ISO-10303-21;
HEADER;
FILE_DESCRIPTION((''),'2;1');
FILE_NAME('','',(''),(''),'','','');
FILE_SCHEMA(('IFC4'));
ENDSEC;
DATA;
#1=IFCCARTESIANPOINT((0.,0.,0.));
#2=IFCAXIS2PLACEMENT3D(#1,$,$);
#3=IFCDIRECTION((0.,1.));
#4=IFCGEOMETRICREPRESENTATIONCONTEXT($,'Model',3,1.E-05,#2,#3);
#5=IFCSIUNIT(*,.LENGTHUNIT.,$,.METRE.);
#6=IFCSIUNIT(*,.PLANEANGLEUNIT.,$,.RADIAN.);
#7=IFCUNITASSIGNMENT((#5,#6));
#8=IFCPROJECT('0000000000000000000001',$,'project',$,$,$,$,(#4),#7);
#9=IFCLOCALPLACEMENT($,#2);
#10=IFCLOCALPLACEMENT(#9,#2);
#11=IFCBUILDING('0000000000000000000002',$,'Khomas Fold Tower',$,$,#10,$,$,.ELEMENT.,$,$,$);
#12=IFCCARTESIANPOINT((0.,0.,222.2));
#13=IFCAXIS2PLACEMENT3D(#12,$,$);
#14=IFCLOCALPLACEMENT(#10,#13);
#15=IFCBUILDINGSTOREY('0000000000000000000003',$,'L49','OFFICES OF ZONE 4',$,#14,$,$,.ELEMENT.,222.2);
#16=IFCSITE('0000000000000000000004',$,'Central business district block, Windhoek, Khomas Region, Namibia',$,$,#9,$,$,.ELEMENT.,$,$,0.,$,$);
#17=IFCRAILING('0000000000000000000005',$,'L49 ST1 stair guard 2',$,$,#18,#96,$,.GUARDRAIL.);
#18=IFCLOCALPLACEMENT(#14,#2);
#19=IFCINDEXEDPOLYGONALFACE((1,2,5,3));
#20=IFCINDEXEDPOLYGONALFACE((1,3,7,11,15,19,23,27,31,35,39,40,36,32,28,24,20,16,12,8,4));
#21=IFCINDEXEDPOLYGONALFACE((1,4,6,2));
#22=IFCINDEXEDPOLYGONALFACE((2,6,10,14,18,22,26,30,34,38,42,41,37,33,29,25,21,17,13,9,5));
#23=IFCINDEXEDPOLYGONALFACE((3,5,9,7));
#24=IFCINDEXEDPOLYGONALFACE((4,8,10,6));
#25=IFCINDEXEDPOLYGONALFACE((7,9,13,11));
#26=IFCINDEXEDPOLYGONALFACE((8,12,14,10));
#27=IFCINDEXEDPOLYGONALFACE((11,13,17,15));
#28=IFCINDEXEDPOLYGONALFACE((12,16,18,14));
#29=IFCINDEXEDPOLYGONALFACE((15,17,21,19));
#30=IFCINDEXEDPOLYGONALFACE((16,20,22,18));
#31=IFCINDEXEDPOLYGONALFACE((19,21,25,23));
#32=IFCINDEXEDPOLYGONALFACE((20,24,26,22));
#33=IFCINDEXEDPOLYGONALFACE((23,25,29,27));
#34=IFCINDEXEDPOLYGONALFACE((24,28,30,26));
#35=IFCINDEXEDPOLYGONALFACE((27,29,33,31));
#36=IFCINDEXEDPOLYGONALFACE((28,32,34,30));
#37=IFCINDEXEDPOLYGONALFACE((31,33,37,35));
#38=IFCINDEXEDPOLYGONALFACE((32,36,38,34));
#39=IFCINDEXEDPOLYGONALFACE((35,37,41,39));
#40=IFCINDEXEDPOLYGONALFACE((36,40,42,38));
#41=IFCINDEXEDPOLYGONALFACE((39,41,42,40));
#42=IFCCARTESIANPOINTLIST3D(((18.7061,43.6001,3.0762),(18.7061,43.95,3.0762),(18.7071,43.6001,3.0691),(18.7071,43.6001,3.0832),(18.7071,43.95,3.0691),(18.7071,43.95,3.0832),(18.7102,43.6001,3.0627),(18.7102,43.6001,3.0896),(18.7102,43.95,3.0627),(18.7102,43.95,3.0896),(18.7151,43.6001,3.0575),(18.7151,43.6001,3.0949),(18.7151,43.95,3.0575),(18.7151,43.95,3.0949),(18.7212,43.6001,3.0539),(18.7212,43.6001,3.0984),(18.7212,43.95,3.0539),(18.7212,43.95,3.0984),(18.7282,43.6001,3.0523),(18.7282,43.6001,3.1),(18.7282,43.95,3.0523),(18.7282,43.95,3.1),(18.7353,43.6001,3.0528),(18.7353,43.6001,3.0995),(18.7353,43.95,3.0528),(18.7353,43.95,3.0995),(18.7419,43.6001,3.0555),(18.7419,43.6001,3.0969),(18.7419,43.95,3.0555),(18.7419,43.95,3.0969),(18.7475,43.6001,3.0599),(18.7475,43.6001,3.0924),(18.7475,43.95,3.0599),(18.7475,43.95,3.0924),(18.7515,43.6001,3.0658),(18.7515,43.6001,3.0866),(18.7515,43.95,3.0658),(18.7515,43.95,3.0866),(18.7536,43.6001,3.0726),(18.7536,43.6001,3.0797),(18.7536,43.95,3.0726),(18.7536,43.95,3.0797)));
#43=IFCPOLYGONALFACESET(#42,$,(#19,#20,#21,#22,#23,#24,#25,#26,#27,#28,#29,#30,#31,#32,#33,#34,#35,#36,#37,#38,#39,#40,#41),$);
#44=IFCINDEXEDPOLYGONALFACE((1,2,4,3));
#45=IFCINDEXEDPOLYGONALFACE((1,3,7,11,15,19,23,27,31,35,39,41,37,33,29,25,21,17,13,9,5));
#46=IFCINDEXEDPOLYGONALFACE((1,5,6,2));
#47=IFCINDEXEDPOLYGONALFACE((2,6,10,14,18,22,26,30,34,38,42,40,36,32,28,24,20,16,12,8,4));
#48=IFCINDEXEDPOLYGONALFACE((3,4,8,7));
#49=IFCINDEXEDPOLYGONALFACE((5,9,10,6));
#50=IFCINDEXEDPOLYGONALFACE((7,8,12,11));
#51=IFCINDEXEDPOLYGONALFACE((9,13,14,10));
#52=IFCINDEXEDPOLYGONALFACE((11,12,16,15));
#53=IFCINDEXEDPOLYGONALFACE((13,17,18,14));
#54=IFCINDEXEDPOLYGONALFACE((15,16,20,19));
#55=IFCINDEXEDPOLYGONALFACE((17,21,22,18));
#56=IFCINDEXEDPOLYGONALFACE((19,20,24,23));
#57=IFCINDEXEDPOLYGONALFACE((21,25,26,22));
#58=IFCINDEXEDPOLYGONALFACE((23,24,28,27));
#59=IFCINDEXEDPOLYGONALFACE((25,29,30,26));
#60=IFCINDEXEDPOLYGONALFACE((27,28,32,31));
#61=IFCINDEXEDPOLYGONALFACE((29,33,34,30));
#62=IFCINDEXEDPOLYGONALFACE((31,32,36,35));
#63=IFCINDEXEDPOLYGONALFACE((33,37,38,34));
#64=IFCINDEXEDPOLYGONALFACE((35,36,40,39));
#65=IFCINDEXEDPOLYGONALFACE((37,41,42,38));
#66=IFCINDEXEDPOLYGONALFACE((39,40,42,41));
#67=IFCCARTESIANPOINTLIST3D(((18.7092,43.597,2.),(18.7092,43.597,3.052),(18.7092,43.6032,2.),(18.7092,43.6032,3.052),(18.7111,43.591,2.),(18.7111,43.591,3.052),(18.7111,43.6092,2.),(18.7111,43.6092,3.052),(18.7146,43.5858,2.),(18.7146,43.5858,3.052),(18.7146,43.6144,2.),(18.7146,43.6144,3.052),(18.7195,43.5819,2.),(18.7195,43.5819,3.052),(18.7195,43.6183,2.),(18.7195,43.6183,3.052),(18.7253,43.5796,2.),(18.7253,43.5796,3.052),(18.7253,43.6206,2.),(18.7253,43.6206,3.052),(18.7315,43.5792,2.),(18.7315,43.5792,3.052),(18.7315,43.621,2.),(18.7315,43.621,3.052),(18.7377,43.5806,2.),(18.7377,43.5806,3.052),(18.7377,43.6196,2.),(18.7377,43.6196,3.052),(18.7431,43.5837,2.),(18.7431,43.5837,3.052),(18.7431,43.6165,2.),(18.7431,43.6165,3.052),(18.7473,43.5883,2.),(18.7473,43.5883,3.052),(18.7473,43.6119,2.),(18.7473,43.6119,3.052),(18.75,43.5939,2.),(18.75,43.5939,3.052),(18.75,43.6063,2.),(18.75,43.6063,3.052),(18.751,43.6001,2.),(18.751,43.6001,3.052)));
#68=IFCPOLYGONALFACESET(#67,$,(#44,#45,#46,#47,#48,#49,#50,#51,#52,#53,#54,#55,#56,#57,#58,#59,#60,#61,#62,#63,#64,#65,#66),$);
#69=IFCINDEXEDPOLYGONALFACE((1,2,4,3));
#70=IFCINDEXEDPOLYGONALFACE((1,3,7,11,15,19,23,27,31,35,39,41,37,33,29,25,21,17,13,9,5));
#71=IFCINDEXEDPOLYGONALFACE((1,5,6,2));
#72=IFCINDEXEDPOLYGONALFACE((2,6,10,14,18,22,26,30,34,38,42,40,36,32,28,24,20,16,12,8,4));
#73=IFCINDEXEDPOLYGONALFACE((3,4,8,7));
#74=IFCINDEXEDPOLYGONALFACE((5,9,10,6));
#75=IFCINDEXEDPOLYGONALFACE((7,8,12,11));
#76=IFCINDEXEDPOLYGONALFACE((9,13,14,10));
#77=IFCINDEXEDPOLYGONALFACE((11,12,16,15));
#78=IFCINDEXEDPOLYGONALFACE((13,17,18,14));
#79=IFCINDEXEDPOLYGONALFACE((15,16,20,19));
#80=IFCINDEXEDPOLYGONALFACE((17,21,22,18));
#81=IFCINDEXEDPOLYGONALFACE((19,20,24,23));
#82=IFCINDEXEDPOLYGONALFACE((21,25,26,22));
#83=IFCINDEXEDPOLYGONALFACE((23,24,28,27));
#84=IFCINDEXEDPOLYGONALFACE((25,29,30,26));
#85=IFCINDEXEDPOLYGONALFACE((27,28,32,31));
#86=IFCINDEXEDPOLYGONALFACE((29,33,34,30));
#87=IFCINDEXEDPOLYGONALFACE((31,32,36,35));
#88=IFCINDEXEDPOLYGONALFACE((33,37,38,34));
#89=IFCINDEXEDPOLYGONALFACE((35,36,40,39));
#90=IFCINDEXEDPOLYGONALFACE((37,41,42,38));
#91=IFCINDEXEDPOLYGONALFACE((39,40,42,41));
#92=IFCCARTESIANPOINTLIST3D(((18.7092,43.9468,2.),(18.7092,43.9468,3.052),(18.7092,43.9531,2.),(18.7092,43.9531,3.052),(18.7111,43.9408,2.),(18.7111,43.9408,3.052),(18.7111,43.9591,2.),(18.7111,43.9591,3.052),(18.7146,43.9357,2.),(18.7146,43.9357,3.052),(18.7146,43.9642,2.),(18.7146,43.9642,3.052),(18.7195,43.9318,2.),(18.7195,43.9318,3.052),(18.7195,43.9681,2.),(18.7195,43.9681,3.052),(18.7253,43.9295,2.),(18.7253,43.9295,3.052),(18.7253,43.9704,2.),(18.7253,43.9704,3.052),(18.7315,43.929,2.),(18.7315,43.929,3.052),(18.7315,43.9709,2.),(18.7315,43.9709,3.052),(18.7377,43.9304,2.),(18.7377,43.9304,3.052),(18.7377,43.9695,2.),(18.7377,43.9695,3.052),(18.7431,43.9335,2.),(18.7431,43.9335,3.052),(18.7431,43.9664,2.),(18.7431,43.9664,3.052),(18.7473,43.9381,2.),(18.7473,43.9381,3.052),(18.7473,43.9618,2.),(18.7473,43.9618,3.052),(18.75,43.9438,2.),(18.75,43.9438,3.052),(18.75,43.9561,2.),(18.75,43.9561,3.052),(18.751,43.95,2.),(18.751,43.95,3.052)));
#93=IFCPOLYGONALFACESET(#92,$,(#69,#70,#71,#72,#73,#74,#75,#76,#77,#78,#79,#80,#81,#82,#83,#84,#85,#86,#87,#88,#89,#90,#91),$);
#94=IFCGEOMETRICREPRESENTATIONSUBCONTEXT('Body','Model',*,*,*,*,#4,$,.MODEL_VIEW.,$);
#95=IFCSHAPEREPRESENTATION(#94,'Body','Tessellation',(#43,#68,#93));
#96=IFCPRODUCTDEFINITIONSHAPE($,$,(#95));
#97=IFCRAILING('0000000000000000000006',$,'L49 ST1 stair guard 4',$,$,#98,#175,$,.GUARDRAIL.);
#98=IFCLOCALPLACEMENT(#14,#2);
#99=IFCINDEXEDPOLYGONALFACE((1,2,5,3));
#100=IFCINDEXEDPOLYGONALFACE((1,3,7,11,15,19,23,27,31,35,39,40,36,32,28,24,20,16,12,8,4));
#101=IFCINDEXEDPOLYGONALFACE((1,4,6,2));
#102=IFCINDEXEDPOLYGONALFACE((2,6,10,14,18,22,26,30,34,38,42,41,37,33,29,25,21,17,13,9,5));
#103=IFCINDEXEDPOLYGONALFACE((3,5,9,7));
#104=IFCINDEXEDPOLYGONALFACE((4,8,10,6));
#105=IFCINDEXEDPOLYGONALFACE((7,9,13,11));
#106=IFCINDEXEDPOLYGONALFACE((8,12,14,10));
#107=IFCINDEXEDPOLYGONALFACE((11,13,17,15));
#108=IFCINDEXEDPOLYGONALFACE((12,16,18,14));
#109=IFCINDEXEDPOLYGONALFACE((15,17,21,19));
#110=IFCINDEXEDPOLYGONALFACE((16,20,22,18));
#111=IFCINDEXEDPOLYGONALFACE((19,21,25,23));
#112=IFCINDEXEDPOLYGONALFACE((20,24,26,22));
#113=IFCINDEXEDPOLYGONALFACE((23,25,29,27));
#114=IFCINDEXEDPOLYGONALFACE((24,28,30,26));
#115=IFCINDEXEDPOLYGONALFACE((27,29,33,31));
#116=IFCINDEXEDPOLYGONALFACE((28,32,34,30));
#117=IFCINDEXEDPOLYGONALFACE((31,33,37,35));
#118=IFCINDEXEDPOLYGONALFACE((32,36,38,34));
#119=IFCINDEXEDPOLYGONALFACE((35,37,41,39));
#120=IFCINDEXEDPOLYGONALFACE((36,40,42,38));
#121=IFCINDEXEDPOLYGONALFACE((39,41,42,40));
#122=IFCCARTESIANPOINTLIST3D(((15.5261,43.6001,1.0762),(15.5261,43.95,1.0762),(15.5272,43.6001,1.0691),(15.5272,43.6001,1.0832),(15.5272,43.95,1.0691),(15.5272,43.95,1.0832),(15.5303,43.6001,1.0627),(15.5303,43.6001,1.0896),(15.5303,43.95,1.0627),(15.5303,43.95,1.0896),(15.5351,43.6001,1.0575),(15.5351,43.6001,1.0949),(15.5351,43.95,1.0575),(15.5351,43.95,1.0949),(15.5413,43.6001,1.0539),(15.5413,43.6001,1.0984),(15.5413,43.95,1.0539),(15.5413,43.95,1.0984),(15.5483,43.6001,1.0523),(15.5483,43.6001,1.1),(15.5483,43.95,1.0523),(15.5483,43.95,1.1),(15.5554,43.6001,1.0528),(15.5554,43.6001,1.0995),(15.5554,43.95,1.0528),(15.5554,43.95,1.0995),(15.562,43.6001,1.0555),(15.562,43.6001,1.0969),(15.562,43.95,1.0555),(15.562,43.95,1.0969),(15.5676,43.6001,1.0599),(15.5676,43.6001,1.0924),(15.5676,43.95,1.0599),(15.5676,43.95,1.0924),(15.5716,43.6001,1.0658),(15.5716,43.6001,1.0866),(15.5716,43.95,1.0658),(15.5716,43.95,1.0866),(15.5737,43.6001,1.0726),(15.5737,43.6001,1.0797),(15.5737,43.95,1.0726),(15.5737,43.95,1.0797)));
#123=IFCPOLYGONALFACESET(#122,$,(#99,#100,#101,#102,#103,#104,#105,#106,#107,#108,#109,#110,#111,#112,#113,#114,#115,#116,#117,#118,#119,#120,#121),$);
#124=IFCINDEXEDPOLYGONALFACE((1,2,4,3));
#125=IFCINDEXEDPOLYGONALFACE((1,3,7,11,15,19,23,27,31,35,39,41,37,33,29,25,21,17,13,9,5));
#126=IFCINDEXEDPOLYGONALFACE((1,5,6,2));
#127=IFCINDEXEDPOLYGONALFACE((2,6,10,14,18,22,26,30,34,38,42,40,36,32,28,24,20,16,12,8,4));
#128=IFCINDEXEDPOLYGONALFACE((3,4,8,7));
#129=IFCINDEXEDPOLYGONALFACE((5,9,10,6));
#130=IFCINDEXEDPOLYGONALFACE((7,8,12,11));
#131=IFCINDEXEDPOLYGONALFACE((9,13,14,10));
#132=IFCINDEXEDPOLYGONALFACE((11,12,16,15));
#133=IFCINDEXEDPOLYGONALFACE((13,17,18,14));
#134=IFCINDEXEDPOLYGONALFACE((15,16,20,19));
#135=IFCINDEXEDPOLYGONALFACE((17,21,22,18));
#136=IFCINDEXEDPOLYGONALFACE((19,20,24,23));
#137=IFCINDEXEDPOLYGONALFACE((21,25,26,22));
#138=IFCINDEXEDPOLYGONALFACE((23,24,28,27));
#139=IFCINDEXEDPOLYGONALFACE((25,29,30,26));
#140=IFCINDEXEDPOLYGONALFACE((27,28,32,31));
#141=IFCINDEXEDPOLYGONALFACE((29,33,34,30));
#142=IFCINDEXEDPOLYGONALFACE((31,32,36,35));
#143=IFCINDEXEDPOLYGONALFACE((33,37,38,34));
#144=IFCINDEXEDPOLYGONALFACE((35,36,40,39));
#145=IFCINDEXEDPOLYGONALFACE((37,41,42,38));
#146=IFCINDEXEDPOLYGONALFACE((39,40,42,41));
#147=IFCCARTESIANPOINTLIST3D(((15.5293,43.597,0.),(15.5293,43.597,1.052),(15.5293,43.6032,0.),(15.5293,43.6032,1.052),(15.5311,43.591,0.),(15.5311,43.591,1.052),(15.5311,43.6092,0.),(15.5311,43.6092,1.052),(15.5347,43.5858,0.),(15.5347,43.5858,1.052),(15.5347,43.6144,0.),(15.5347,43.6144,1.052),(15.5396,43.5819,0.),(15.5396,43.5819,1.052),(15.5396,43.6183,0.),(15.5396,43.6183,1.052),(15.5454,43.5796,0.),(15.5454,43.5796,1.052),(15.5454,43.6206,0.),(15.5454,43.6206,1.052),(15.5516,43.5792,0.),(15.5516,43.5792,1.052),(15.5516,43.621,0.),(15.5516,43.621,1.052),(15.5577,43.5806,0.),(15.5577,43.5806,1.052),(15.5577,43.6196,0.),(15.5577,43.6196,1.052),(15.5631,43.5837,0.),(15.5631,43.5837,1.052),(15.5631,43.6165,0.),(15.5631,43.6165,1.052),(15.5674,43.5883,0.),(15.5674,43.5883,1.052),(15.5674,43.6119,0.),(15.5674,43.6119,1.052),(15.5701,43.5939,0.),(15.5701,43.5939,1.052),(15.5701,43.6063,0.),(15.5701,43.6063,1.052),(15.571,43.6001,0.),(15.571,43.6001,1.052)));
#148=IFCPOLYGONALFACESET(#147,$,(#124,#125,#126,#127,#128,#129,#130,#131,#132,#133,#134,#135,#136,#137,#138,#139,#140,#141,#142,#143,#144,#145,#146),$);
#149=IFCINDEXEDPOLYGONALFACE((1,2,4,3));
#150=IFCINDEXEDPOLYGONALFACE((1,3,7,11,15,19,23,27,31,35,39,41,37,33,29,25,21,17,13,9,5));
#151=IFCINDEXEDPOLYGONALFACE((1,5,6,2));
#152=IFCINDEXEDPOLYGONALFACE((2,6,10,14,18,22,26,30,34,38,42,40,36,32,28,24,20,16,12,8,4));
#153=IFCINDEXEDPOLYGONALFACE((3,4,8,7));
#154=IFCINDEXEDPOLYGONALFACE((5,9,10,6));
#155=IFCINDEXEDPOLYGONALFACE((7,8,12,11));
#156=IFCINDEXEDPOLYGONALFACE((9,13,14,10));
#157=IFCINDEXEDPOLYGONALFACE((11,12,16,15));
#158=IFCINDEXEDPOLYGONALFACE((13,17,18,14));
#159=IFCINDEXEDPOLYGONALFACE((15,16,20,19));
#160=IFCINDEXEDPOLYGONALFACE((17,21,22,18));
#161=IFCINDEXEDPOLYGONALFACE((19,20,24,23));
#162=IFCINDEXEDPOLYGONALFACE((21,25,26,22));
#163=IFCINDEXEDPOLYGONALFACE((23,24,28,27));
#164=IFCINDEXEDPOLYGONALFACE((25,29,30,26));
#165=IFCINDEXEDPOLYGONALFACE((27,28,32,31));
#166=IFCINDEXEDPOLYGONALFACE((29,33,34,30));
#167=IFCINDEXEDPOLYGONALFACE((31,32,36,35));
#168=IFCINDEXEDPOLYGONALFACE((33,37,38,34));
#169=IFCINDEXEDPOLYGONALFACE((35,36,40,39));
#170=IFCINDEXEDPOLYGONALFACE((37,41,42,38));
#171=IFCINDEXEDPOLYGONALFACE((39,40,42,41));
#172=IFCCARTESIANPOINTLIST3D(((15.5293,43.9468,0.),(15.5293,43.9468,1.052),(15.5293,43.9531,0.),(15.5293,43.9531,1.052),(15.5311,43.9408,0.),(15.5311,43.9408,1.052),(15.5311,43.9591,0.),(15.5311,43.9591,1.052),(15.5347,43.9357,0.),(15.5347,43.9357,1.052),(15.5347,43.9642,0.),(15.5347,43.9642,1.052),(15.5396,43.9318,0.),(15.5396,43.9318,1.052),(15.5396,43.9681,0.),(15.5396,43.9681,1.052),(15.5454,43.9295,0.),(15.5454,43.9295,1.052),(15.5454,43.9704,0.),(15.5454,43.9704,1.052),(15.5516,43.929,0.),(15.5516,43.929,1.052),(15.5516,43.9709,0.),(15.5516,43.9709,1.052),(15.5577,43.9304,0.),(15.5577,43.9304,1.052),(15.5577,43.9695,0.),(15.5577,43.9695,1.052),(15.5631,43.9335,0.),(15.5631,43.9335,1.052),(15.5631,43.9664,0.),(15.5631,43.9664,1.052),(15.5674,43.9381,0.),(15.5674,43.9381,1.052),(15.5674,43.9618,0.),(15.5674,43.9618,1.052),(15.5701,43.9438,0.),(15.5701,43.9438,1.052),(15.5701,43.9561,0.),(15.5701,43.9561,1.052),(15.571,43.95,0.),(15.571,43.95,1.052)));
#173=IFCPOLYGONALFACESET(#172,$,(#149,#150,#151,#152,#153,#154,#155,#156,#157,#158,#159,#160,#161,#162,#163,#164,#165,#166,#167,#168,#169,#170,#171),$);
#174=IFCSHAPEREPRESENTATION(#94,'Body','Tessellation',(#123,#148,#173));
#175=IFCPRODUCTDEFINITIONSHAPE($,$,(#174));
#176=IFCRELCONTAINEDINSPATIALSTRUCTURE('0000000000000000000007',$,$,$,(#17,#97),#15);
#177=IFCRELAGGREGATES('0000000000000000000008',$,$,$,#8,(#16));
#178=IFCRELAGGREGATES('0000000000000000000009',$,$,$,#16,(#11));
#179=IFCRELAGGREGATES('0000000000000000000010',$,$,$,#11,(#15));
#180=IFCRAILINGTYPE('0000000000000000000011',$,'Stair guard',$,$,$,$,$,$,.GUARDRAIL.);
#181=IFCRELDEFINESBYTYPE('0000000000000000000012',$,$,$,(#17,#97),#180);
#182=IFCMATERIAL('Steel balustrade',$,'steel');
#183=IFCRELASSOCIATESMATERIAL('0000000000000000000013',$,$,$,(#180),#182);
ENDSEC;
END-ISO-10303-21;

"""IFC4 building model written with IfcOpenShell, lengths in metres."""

from ifc_helpers import new_model, si_unit, direction, frame, origin, origin_2d, place, context, subcontext, project, spatial, circle, extrude, source, transform, mapped, material, type_object, element, save


model = new_model("IFC4")

# Units and contexts
model_context = context("Model", 3, precision=1e-05, world=origin(), true_north=direction((0.0, 1.0)))
body_context = subcontext(model_context, "Body", "Model", "MODEL_VIEW")
ifc_project = project(units=[si_unit("LENGTHUNIT", "METRE"), si_unit("PLANEANGLEUNIT", "RADIAN")], contexts=[model_context])

# Site, building, storey
site_placement = place(None, origin())
site = spatial("IfcSite", under=ifc_project, at=site_placement, Name="Central business district block, Windhoek, Khomas Region, Namibia", CompositionType="ELEMENT", RefElevation=0.0)
building_placement = place(site_placement, origin())
building = spatial("IfcBuilding", under=site, at=building_placement, Name="Khomas Fold Tower", CompositionType="ELEMENT")
storey_placement = place(building_placement, frame((0.0, 0.0, 222.2)))
storey = spatial("IfcBuildingStorey", under=building, at=storey_placement, Name="L49", Description="OFFICES OF ZONE 4", CompositionType="ELEMENT", Elevation=222.2)

# Railings
ifc_material_1 = material(Name="Steel balustrade", Category="steel")
railing_type_1 = type_object("IfcRailingType", Name="Stair guard", PredefinedType="GUARDRAIL", material=ifc_material_1)
shared_shape_1 = source(origin(), body_context, "Body", "SweptSolid", [
    extrude(circle(Radius=0.0239, at=origin_2d()), frame((0.0, 0.0, 1.0762), z_axis=(0.0, 1.0, 0.0), x_axis=(-1.0, 0.0, 0.0)), (0.0, 0.0, 1.0), 0.3499),
    extrude(circle(Radius=0.021, at=origin_2d()), origin(), (0.0, 0.0, 1.0), 1.052),
    extrude(circle(Radius=0.021, at=origin_2d()), frame((0.0, 0.3499, 0.0)), (0.0, 0.0, 1.0), 1.052),
])
for number, where, name in (
    (1, (18.73, 43.6001, 2.0), "L49 ST1 stair guard 2"),
    (2, (15.55, 43.6001, 0.0), "L49 ST1 stair guard 4"),
):
    element("IfcRailing", number, at=place(storey_placement, frame(where)), inside=storey, type_object=railing_type_1, Name=name, PredefinedType="GUARDRAIL", context=body_context, shape_type="MappedRepresentation", body=[
        mapped(shared_shape_1, transform((0.0, 0.0, 0.0))),
    ])

save(model, "model.ifc")
